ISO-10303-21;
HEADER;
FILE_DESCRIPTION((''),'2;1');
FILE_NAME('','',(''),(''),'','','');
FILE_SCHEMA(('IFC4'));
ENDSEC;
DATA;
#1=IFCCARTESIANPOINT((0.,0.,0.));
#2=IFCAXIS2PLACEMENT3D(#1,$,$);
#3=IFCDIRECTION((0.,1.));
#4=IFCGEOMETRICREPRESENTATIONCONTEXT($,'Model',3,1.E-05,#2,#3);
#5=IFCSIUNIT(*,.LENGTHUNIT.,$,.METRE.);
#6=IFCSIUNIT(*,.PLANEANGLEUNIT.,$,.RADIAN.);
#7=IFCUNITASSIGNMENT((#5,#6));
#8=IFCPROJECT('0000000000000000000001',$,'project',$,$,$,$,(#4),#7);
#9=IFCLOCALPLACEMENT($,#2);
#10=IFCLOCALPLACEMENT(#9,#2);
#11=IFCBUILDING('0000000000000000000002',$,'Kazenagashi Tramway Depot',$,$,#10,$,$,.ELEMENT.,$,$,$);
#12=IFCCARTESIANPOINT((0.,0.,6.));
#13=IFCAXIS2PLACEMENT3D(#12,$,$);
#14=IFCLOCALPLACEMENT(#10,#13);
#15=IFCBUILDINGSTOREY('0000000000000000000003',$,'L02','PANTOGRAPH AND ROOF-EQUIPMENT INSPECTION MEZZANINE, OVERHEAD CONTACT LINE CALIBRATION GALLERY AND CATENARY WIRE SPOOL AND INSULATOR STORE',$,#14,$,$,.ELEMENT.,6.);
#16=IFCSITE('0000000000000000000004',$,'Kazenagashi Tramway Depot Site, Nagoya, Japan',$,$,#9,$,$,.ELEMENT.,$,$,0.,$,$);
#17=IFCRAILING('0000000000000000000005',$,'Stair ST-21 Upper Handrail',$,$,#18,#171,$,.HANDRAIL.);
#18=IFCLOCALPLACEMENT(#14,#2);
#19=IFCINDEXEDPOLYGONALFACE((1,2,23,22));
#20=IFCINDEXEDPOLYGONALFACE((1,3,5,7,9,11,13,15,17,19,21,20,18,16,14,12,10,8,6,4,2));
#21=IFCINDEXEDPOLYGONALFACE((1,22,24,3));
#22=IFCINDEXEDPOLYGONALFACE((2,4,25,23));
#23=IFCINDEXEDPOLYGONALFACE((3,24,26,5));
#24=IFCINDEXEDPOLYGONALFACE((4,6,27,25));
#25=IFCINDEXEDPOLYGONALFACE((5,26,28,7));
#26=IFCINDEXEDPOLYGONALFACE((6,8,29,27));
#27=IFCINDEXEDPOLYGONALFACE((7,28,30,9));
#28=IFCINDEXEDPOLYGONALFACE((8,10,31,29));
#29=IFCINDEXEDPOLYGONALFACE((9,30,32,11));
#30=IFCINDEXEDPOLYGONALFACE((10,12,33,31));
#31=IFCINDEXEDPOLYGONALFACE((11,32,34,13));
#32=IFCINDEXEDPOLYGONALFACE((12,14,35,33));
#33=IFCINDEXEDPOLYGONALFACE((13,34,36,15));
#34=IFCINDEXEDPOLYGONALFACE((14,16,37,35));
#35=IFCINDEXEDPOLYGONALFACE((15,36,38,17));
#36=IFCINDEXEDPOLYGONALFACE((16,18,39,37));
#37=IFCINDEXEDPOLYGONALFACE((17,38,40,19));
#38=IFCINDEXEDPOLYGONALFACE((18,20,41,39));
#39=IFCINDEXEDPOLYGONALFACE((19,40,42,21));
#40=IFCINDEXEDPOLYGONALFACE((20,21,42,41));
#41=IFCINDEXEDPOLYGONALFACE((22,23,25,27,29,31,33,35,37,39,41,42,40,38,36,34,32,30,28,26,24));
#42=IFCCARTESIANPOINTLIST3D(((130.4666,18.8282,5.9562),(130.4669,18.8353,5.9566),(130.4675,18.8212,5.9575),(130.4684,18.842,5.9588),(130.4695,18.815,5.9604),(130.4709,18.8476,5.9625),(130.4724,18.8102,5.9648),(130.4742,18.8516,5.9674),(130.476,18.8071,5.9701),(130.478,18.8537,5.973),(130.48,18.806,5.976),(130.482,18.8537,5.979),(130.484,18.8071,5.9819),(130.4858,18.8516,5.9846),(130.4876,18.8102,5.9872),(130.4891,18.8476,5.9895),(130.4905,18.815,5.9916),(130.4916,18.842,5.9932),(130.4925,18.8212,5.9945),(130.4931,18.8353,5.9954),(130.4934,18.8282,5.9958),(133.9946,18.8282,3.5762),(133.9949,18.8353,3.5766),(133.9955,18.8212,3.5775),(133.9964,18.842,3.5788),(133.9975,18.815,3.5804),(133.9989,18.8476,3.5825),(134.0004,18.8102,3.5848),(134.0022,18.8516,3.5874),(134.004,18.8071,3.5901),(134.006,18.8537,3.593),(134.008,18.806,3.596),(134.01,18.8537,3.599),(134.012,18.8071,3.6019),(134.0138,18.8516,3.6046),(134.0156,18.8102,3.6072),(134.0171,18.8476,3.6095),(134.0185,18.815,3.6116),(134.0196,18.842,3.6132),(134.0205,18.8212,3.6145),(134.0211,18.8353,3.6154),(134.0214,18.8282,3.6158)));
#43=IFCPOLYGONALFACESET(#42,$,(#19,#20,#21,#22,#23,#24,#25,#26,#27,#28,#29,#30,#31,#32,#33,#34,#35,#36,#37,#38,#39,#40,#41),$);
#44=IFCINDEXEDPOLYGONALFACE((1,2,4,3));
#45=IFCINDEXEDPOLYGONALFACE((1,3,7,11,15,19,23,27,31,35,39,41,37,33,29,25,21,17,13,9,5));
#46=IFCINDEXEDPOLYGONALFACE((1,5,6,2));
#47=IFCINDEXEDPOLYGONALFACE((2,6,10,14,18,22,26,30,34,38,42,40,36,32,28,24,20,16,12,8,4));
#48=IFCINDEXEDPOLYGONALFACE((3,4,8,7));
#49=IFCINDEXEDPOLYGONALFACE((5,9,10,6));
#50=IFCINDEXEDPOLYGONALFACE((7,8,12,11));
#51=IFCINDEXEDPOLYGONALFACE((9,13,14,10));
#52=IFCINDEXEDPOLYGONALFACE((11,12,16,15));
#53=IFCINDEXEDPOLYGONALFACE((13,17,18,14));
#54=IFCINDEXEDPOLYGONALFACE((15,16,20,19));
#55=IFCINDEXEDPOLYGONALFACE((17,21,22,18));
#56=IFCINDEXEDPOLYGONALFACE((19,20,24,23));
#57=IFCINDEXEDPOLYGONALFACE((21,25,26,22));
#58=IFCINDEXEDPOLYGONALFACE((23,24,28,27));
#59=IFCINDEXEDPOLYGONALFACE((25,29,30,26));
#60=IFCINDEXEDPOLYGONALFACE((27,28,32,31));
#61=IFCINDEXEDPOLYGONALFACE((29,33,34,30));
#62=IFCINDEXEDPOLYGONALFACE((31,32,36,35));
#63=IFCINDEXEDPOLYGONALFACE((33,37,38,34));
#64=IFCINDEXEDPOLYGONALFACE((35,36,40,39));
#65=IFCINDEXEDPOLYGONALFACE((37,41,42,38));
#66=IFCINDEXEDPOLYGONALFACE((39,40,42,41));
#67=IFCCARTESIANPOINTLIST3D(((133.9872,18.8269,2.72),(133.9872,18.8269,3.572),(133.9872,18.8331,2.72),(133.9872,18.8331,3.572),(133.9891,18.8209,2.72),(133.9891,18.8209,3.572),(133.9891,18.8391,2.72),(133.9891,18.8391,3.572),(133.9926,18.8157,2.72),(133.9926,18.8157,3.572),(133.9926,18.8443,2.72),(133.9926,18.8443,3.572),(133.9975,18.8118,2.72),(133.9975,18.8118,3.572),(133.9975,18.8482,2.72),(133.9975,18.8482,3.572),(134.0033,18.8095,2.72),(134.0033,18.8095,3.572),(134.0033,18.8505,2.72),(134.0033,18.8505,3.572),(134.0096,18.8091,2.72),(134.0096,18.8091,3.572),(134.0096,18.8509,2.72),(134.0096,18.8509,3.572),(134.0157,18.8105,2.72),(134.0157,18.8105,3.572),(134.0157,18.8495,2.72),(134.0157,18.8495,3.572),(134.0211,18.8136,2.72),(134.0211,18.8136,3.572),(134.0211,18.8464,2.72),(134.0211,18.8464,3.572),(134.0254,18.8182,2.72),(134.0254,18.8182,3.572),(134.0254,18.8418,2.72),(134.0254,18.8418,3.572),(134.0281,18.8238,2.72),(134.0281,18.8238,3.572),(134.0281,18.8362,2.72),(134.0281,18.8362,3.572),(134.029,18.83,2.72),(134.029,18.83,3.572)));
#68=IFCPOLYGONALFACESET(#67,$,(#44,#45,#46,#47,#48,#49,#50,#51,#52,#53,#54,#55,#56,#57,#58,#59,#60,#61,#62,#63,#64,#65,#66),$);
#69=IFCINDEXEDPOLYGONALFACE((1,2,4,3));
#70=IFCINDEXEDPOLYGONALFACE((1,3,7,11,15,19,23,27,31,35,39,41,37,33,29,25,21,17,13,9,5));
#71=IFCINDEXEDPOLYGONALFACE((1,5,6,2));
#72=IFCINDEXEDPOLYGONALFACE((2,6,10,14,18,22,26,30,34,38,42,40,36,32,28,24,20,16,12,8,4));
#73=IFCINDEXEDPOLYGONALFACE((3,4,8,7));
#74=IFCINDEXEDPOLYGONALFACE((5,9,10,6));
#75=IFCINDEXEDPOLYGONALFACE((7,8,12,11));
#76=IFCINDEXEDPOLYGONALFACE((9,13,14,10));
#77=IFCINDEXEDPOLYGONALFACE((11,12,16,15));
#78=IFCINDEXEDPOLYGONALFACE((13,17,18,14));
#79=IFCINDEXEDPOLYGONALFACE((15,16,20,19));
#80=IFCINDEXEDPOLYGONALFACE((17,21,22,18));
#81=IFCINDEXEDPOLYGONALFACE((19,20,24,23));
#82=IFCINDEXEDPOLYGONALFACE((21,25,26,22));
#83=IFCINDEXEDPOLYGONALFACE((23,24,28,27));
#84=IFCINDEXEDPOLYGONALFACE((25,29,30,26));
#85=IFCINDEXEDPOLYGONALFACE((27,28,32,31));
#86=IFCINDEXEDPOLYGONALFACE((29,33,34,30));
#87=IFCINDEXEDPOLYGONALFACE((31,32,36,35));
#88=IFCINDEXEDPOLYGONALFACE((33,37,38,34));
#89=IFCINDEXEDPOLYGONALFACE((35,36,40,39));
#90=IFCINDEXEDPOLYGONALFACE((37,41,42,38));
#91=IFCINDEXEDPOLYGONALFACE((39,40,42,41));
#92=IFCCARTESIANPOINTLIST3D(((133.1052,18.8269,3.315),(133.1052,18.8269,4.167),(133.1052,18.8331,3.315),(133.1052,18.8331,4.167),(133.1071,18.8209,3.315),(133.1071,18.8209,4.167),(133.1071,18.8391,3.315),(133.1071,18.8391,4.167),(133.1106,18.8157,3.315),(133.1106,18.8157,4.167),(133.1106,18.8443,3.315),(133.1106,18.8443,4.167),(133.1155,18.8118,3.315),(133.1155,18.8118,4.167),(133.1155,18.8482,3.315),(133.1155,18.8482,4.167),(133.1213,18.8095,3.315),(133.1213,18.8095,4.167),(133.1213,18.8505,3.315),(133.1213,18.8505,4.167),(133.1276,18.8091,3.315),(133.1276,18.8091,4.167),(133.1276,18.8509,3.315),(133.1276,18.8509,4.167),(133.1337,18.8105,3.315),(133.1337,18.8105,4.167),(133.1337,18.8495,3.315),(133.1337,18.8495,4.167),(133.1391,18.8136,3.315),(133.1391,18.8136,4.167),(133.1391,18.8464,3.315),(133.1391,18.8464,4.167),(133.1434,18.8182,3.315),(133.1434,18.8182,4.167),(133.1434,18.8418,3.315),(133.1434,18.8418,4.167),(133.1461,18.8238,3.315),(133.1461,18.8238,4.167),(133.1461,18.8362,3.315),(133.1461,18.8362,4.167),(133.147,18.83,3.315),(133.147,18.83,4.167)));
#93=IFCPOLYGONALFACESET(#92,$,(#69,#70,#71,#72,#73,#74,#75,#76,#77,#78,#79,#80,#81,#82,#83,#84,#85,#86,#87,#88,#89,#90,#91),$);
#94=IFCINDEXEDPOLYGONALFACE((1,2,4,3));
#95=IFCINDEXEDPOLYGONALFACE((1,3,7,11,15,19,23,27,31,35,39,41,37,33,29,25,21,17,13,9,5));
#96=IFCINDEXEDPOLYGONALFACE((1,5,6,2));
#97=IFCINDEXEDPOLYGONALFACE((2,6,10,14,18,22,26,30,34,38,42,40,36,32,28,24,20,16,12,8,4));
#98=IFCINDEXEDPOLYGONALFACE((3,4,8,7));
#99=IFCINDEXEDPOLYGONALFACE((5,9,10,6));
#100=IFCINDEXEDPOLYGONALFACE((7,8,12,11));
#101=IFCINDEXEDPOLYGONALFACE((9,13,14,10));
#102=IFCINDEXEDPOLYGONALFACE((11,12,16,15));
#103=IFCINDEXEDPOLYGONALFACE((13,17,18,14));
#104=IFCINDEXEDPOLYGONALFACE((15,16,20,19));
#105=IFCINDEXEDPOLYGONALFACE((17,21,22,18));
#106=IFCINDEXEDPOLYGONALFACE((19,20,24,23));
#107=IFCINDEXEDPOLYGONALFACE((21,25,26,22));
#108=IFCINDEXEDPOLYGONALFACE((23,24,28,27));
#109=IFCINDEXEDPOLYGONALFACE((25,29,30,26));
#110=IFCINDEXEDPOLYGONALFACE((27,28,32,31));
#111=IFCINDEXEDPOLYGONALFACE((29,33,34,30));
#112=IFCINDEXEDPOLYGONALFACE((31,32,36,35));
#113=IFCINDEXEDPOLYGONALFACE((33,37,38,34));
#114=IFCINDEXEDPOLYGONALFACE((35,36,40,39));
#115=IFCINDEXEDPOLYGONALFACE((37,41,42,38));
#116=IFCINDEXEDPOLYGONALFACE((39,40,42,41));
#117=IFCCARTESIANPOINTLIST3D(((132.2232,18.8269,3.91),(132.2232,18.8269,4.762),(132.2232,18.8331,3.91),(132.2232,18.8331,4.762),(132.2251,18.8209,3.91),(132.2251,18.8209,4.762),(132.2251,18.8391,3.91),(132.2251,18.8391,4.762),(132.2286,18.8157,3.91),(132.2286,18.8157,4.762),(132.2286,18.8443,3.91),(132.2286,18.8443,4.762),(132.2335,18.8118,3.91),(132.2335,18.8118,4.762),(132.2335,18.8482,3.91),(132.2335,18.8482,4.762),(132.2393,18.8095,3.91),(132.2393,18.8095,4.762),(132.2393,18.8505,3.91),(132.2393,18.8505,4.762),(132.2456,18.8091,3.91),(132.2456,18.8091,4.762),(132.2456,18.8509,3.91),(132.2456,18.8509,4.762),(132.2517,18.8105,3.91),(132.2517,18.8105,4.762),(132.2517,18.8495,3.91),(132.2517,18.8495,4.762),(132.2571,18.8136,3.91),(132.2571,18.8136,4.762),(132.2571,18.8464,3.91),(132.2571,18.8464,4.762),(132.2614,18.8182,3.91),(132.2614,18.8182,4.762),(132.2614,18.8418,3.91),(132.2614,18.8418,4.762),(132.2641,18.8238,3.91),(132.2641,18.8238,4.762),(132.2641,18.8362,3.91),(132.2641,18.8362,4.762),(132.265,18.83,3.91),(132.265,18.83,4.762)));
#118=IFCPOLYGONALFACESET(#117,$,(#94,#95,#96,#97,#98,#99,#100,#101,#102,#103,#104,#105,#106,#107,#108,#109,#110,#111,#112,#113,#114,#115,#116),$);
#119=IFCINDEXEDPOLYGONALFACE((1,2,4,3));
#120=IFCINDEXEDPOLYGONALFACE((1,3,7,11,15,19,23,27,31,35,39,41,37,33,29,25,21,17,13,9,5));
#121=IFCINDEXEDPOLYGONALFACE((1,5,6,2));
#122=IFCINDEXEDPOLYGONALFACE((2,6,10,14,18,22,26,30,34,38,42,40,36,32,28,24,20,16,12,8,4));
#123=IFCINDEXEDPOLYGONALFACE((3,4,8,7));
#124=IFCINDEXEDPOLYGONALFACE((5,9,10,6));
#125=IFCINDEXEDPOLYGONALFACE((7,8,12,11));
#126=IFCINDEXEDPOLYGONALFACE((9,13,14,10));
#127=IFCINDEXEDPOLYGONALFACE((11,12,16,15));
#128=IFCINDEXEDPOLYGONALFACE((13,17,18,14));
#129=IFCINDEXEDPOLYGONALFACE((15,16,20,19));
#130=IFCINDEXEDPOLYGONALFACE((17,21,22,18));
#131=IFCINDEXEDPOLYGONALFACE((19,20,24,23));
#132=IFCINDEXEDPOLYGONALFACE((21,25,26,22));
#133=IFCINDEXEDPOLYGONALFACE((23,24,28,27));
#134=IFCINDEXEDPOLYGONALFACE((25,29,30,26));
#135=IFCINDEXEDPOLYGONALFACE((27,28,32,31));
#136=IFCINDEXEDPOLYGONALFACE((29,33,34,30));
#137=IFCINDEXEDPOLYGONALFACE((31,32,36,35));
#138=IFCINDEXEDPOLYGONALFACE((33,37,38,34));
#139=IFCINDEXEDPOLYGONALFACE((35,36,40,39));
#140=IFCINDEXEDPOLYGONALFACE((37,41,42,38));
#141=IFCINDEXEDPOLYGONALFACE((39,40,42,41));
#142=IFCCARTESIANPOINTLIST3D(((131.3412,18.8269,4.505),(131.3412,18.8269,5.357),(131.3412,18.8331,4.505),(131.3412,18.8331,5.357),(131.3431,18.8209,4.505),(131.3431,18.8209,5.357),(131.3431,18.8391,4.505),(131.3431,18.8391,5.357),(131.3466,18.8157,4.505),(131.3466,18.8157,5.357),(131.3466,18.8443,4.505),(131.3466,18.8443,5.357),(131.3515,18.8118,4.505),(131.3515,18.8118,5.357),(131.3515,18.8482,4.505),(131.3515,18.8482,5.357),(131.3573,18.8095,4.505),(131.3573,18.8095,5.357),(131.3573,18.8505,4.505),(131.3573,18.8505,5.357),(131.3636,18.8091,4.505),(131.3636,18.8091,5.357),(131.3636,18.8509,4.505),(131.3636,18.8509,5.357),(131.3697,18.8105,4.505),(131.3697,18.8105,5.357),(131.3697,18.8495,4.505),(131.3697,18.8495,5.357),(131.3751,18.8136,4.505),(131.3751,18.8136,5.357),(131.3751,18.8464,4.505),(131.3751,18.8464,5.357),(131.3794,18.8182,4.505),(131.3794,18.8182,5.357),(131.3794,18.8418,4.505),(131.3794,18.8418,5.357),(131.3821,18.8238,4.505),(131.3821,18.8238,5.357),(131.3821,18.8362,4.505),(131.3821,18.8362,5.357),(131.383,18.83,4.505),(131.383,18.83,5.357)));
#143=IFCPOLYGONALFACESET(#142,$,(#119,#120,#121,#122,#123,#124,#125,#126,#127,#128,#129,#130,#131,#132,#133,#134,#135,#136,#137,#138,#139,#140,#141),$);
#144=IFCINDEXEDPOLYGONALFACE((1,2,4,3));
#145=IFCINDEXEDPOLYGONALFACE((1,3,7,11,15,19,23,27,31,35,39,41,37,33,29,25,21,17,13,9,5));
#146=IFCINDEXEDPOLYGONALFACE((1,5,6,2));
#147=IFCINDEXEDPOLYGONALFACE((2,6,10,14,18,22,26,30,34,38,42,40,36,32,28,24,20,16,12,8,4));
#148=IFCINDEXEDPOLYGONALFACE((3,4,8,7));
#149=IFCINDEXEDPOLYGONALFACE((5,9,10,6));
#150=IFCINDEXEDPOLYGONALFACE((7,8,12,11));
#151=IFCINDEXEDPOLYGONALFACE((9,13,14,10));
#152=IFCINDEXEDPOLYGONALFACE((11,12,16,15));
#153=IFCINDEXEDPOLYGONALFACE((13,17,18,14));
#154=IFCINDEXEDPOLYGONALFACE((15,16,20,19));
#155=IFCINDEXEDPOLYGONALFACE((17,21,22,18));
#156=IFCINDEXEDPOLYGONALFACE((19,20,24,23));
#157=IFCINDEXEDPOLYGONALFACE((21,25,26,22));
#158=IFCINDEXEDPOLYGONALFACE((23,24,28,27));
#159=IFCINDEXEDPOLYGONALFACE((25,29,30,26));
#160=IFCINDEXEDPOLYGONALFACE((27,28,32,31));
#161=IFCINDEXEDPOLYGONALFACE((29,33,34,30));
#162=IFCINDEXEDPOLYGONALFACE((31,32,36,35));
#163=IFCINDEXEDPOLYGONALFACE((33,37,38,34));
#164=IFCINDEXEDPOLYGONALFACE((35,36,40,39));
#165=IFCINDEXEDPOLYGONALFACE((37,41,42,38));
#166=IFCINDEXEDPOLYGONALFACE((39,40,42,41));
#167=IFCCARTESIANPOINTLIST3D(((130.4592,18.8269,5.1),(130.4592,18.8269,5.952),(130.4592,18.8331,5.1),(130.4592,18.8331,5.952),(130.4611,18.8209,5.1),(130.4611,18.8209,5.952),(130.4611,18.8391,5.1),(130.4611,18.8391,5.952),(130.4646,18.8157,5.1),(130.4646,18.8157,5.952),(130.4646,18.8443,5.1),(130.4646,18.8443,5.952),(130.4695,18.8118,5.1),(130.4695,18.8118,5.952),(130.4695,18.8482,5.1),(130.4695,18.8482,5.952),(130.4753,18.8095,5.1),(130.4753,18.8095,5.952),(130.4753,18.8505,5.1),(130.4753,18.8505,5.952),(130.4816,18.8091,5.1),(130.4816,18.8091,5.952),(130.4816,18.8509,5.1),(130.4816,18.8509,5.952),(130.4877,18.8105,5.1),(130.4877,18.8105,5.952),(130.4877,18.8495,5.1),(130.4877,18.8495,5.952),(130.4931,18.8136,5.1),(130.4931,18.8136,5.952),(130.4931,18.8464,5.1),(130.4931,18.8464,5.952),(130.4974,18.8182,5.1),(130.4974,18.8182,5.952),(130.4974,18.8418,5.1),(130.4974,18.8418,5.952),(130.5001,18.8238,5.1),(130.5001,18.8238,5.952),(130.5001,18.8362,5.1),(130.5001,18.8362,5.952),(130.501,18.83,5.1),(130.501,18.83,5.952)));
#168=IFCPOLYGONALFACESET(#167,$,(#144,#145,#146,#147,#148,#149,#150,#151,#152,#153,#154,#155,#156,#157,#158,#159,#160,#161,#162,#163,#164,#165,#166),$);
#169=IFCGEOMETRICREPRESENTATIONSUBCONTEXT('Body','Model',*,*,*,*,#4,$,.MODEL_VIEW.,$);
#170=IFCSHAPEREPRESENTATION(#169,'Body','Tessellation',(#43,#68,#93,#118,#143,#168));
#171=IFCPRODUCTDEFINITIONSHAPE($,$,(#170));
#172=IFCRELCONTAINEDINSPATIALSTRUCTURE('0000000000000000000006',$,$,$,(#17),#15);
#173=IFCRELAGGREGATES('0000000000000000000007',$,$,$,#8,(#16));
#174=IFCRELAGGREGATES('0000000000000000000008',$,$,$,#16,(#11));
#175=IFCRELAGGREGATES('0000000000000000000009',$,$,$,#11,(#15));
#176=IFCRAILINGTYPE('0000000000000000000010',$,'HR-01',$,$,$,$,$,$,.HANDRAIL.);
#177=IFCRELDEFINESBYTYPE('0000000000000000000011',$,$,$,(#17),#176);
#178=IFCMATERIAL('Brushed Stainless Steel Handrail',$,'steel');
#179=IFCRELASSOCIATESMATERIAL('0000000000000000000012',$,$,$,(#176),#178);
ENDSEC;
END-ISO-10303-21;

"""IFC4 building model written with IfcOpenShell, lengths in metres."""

from ifc_helpers import new_model, si_unit, direction, frame, origin, origin_2d, place, context, subcontext, project, spatial, circle, extrude, material, type_object, element, save


model = new_model("IFC4")

# Units and contexts
model_context = context("Model", 3, precision=1e-05, world=origin(), true_north=direction((0.0, 1.0)))
body_context = subcontext(model_context, "Body", "Model", "MODEL_VIEW")
ifc_project = project(units=[si_unit("LENGTHUNIT", "METRE"), si_unit("PLANEANGLEUNIT", "RADIAN")], contexts=[model_context])

# Site, building, storey
site_placement = place(None, origin())
site = spatial("IfcSite", under=ifc_project, at=site_placement, Name="Kazenagashi Tramway Depot Site, Nagoya, Japan", CompositionType="ELEMENT", RefElevation=0.0)
building_placement = place(site_placement, origin())
building = spatial("IfcBuilding", under=site, at=building_placement, Name="Kazenagashi Tramway Depot", CompositionType="ELEMENT")
storey_placement = place(building_placement, frame((0.0, 0.0, 6.0)))
storey = spatial("IfcBuildingStorey", under=building, at=storey_placement, Name="L02", Description="PANTOGRAPH AND ROOF-EQUIPMENT INSPECTION MEZZANINE, OVERHEAD CONTACT LINE CALIBRATION GALLERY AND CATENARY WIRE SPOOL AND INSULATOR STORE", CompositionType="ELEMENT", Elevation=6.0)

# Railing
ifc_material_1 = material(Name="Brushed Stainless Steel Handrail", Category="steel")
railing_type = type_object("IfcRailingType", Name="HR-01", PredefinedType="HANDRAIL", material=ifc_material_1)
railing_placement = place(storey_placement, frame((134.008, 18.83, 2.72)))
element("IfcRailing", 1, at=railing_placement, inside=storey, type_object=railing_type, Name="Stair ST-21 Upper Handrail", PredefinedType="HANDRAIL", context=body_context, shape_type="SweptSolid", body=[
    extrude(circle(Radius=0.024, at=origin_2d()), frame((0.0, 0.0, 0.876), z_axis=(-0.829001, 0.0, 0.559247), x_axis=(0.0, -1.0, 0.0)), (0.0, 0.0, 1.0), 4.2557),
    extrude(circle(Radius=0.021, at=origin_2d()), origin(), (0.0, 0.0, 1.0), 0.852),
    extrude(circle(Radius=0.021, at=origin_2d()), frame((-0.882, 0.0, 0.595)), (0.0, 0.0, 1.0), 0.852),
    extrude(circle(Radius=0.021, at=origin_2d()), frame((-1.764, 0.0, 1.19)), (0.0, 0.0, 1.0), 0.852),
    extrude(circle(Radius=0.021, at=origin_2d()), frame((-2.646, 0.0, 1.785)), (0.0, 0.0, 1.0), 0.852),
    extrude(circle(Radius=0.021, at=origin_2d()), frame((-3.528, 0.0, 2.38)), (0.0, 0.0, 1.0), 0.852),
])

save(model, "model.ifc")
